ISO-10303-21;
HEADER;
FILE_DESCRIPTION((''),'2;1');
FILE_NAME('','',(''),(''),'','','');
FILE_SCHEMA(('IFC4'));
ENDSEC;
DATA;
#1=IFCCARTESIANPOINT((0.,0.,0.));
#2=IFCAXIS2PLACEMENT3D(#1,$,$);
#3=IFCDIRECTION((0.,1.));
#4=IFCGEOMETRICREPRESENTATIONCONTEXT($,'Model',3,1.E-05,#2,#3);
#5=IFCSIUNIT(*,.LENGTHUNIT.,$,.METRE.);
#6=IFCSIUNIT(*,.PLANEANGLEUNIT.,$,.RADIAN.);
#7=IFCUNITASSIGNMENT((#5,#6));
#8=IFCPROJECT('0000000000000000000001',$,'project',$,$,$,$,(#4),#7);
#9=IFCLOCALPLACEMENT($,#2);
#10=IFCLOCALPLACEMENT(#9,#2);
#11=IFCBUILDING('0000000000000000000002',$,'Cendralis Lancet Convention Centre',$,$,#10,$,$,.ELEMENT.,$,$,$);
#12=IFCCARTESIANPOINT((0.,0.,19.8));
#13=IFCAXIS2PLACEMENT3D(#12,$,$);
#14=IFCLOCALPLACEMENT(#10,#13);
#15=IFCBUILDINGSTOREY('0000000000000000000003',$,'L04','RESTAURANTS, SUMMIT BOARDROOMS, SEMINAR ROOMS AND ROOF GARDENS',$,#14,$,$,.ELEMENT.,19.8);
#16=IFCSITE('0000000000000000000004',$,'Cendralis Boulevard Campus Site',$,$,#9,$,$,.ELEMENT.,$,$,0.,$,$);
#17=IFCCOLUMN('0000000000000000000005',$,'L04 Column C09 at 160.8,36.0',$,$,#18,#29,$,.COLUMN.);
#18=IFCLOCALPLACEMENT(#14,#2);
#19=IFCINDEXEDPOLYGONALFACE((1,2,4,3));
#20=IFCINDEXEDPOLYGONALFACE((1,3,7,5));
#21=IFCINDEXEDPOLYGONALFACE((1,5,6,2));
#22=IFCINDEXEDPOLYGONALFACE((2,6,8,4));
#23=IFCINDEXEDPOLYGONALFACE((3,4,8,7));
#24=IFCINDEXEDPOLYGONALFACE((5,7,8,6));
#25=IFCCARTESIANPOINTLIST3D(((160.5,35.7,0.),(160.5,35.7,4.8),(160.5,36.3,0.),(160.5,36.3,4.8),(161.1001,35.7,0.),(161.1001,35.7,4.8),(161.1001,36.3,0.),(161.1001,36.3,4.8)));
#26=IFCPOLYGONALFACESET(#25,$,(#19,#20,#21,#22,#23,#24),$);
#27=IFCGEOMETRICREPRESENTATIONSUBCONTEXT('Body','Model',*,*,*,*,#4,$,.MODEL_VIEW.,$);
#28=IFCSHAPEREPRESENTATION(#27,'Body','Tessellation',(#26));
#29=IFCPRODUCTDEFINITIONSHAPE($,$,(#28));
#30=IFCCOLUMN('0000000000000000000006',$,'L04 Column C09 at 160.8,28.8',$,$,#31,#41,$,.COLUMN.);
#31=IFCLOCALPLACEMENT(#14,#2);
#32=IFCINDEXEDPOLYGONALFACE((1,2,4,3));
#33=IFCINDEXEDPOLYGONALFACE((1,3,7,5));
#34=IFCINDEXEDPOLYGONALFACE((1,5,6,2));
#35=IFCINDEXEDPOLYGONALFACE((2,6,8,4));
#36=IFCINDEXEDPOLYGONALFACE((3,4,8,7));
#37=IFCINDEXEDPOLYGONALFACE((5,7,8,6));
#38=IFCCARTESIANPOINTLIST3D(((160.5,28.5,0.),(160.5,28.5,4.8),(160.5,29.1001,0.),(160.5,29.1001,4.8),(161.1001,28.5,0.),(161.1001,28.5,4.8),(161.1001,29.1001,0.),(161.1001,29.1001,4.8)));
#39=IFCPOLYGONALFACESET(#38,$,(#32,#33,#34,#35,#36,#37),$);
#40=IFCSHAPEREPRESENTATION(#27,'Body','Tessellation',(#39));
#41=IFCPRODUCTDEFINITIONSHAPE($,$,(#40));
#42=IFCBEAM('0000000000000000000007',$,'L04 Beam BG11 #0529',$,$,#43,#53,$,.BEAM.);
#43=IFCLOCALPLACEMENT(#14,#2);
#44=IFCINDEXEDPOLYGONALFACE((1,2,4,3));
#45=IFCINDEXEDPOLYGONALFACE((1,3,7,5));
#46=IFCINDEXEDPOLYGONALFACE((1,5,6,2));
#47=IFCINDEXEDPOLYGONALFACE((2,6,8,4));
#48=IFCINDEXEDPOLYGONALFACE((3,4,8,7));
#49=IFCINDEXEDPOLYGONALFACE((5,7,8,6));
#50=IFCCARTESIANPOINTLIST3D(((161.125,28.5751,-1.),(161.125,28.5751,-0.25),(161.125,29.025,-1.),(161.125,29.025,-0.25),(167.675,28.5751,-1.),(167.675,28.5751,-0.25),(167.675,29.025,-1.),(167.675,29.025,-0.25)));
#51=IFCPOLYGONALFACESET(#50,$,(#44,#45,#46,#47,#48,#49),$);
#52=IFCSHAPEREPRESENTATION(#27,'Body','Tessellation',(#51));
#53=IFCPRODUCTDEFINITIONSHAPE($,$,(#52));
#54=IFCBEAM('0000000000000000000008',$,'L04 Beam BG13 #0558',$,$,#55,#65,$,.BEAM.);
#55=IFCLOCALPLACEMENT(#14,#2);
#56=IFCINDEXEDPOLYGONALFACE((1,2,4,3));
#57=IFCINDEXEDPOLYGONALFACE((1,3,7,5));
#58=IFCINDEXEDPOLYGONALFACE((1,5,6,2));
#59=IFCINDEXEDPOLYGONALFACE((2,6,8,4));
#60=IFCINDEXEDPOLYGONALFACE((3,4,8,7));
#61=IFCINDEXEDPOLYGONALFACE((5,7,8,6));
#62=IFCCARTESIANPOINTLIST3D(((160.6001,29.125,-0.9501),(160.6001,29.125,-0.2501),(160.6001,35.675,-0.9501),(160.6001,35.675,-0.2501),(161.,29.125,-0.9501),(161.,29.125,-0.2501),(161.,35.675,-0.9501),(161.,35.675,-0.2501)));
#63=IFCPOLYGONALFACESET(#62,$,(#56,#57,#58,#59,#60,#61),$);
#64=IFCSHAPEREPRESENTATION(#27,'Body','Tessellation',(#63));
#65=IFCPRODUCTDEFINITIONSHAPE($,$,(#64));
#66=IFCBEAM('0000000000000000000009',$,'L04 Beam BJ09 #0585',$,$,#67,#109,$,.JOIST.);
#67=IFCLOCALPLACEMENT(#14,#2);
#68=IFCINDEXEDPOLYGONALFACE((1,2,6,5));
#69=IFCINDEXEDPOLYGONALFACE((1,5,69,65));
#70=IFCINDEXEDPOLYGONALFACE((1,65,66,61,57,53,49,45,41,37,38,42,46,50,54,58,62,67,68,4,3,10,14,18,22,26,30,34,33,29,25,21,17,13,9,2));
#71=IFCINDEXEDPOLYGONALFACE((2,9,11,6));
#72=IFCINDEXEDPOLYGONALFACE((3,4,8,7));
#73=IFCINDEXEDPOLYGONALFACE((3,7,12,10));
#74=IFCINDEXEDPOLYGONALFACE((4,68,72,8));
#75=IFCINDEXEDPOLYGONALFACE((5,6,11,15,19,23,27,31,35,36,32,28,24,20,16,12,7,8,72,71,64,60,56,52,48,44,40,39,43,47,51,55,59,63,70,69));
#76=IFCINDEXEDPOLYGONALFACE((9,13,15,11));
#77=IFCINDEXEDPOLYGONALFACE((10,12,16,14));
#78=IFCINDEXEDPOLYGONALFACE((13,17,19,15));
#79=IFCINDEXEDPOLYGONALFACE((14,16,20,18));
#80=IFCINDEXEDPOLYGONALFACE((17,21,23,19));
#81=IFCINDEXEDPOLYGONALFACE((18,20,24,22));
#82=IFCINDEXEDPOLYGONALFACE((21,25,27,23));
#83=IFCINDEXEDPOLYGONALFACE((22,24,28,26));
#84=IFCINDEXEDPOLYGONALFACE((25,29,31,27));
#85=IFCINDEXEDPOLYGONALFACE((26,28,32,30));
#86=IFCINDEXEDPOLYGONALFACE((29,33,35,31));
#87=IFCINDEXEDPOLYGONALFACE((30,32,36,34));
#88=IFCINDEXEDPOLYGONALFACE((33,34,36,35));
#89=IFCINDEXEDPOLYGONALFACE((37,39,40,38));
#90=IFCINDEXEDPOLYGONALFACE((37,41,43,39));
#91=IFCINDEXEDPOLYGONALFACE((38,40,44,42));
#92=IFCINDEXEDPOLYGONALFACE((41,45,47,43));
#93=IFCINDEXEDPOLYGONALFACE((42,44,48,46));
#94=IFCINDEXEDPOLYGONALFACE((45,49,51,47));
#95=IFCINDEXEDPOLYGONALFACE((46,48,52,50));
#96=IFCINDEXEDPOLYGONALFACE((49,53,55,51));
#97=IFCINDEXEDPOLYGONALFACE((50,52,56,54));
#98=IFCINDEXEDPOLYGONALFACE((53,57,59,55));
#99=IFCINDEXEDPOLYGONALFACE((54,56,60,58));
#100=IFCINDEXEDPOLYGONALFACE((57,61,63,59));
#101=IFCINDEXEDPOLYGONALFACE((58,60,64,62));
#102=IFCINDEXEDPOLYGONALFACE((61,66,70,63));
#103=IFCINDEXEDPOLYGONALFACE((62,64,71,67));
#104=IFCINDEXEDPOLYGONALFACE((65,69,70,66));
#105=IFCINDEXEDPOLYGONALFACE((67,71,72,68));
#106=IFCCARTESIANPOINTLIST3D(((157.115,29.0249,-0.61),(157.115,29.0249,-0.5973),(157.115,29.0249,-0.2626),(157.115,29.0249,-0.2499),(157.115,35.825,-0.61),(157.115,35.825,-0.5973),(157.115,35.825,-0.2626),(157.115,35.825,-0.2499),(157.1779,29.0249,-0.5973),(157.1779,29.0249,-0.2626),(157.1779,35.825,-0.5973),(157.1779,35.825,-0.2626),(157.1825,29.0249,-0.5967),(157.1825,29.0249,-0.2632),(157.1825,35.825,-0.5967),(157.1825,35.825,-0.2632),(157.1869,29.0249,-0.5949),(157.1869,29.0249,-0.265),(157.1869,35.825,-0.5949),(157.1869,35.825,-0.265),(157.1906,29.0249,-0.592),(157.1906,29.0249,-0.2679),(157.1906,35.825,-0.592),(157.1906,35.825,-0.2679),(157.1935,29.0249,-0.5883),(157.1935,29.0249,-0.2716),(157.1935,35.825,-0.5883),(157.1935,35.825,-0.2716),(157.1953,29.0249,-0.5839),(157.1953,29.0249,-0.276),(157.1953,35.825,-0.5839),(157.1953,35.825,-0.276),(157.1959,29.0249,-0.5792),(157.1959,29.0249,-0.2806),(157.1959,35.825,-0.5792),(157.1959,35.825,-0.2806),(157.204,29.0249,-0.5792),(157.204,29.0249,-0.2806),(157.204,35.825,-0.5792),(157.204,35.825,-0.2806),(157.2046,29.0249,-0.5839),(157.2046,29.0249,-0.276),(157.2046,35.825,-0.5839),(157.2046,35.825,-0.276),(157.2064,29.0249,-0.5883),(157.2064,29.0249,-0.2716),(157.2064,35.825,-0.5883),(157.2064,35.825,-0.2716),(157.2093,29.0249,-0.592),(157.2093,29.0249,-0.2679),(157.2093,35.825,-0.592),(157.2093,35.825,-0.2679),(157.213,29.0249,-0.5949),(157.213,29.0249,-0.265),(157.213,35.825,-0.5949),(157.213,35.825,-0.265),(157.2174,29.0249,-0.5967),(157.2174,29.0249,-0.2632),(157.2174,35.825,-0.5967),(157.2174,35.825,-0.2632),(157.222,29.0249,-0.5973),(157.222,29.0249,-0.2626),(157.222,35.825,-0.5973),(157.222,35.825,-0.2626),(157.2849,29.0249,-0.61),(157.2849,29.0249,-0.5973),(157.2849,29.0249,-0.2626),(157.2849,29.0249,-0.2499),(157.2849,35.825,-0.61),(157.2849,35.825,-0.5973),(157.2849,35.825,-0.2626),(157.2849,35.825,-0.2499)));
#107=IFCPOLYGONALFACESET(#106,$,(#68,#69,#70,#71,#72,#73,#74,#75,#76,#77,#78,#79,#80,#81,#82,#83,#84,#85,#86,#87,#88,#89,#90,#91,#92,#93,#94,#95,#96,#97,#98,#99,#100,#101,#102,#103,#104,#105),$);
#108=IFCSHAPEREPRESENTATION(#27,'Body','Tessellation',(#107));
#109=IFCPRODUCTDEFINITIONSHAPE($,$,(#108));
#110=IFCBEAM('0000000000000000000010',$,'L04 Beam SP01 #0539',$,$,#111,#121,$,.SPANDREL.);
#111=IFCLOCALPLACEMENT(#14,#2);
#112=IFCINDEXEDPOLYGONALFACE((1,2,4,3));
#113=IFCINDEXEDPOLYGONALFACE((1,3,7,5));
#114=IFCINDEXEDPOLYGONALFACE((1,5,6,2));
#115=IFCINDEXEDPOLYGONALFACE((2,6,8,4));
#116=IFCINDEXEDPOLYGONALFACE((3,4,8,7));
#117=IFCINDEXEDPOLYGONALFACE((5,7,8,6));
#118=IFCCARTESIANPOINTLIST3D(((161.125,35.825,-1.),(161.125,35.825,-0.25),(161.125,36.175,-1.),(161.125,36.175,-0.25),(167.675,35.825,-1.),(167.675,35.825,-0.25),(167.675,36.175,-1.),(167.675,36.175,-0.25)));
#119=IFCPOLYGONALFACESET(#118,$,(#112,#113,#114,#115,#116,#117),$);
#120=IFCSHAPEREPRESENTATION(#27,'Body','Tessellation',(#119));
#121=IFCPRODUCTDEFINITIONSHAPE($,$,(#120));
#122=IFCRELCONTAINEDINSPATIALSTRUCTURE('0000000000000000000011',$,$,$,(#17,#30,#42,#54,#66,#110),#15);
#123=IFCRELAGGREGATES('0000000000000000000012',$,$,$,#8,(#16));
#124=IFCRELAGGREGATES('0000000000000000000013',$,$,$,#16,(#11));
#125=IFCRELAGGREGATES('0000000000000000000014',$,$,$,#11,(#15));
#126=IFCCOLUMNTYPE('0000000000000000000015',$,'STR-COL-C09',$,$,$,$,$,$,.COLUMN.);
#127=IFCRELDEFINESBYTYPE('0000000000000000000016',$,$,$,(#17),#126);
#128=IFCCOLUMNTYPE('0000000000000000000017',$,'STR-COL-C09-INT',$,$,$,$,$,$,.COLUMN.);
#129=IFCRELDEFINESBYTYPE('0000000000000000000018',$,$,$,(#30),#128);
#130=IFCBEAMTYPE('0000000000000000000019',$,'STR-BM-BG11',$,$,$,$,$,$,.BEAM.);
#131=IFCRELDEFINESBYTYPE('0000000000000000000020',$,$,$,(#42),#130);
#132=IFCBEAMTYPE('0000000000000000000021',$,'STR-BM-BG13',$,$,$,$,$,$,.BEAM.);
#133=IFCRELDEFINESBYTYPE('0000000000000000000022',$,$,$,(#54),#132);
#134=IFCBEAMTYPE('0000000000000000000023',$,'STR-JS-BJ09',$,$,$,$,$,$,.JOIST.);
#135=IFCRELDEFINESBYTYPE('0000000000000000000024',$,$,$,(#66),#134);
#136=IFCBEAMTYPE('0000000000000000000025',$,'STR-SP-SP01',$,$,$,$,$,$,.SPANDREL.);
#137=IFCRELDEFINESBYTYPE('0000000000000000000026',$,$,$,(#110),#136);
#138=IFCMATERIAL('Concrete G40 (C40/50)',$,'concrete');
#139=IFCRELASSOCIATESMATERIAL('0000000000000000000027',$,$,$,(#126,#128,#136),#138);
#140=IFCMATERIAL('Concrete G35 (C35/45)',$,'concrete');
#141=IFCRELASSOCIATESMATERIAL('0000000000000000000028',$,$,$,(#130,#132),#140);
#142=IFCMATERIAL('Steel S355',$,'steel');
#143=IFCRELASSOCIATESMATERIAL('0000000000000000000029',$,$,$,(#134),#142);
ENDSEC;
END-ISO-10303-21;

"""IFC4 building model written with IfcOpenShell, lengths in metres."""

from ifc_helpers import new_model, si_unit, direction, frame, origin, origin_2d, place, context, subcontext, project, spatial, rectangle, i_section, extrude, material, material_profile, profile_set, type_object, element, save


model = new_model("IFC4")

# Units and contexts
model_context = context("Model", 3, precision=1e-05, world=origin(), true_north=direction((0.0, 1.0)))
body_context = subcontext(model_context, "Body", "Model", "MODEL_VIEW")
ifc_project = project(units=[si_unit("LENGTHUNIT", "METRE"), si_unit("PLANEANGLEUNIT", "RADIAN")], contexts=[model_context])

# Site, building, storey
site_placement = place(None, origin())
site = spatial("IfcSite", under=ifc_project, at=site_placement, Name="Cendralis Boulevard Campus Site", CompositionType="ELEMENT", RefElevation=0.0)
building_placement = place(site_placement, origin())
building = spatial("IfcBuilding", under=site, at=building_placement, Name="Cendralis Lancet Convention Centre", CompositionType="ELEMENT")
storey_placement = place(building_placement, frame((0.0, 0.0, 19.8)))
storey = spatial("IfcBuildingStorey", under=building, at=storey_placement, Name="L04", Description="RESTAURANTS, SUMMIT BOARDROOMS, SEMINAR ROOMS AND ROOF GARDENS", CompositionType="ELEMENT", Elevation=19.8)

# Columns
ifc_material_1 = material(Name="Concrete G40 (C40/50)", Category="concrete")
ifc_material_profile_1 = material_profile(ifc_material_1, rectangle(XDim=0.6001, YDim=0.6001, at=origin_2d()), Name="RC 600x600")
ifc_profile_set_1 = profile_set([ifc_material_profile_1], Name="Concrete G40 (C40/50)")
column_type_1 = type_object("IfcColumnType", Name="STR-COL-C09", PredefinedType="COLUMN", material=ifc_profile_set_1)
column_1_placement = place(storey_placement, frame((160.8, 36.0, 0.0), z_axis=(0.0, 0.0, 1.0), x_axis=(1.0, 0.0, 0.0)))
element("IfcColumn", 1, at=column_1_placement, inside=storey, type_object=column_type_1, Name="L04 Column C09 at 160.8,36.0", PredefinedType="COLUMN", context=body_context, shape_type="SweptSolid", body=[
    extrude(rectangle(XDim=0.6001, YDim=0.6001, at=origin_2d()), origin(), (0.0, 0.0, 1.0), 4.8),
])
ifc_material_profile_2 = material_profile(ifc_material_1, rectangle(XDim=0.6001, YDim=0.6001, at=origin_2d()), Name="RC 600x600")
ifc_profile_set_2 = profile_set([ifc_material_profile_2], Name="Concrete G40 (C40/50)")
column_type_2 = type_object("IfcColumnType", Name="STR-COL-C09-INT", PredefinedType="COLUMN", material=ifc_profile_set_2)
column_2_placement = place(storey_placement, frame((160.8, 28.8, 0.0), z_axis=(0.0, 0.0, 1.0), x_axis=(1.0, 0.0, 0.0)))
element("IfcColumn", 2, at=column_2_placement, inside=storey, type_object=column_type_2, Name="L04 Column C09 at 160.8,28.8", PredefinedType="COLUMN", context=body_context, shape_type="SweptSolid", body=[
    extrude(rectangle(XDim=0.6001, YDim=0.6001, at=origin_2d()), origin(), (0.0, 0.0, 1.0), 4.8),
])

# Beams
ifc_material_2 = material(Name="Concrete G35 (C35/45)", Category="concrete")
ifc_material_profile_3 = material_profile(ifc_material_2, rectangle(XDim=0.45, YDim=0.75, at=origin_2d()), Name="RCB 450x750")
ifc_profile_set_3 = profile_set([ifc_material_profile_3], Name="Concrete G35 (C35/45)")
beam_type_1 = type_object("IfcBeamType", Name="STR-BM-BG11", PredefinedType="BEAM", material=ifc_profile_set_3)
beam_1_placement = place(storey_placement, frame((161.125, 28.8, -0.625), z_axis=(1.0, 0.0, 0.0), x_axis=(0.0, 1.0, 0.0)))
element("IfcBeam", 3, at=beam_1_placement, inside=storey, type_object=beam_type_1, Name="L04 Beam BG11 #0529", PredefinedType="BEAM", context=body_context, shape_type="SweptSolid", body=[
    extrude(rectangle(XDim=0.45, YDim=0.75, at=origin_2d()), origin(), (0.0, 0.0, 1.0), 6.55),
])
ifc_material_profile_4 = material_profile(ifc_material_2, rectangle(XDim=0.3999, YDim=0.7, at=origin_2d()), Name="RCB 400x700")
ifc_profile_set_4 = profile_set([ifc_material_profile_4], Name="Concrete G35 (C35/45)")
beam_type_2 = type_object("IfcBeamType", Name="STR-BM-BG13", PredefinedType="BEAM", material=ifc_profile_set_4)
beam_2_placement = place(storey_placement, frame((160.8, 29.125, -0.6001), z_axis=(0.0, 1.0, 0.0), x_axis=(-1.0, 0.0, 0.0)))
element("IfcBeam", 4, at=beam_2_placement, inside=storey, type_object=beam_type_2, Name="L04 Beam BG13 #0558", PredefinedType="BEAM", context=body_context, shape_type="SweptSolid", body=[
    extrude(rectangle(XDim=0.3999, YDim=0.7, at=origin_2d()), origin(), (0.0, 0.0, 1.0), 6.55),
])
ifc_material_3 = material(Name="Steel S355", Category="steel")
ifc_material_profile_5 = material_profile(ifc_material_3, i_section(OverallWidth=0.1699, OverallDepth=0.3601, WebThickness=0.0081, FlangeThickness=0.0127, FilletRadius=0.0181, at=origin_2d()), Name="IPE 360")
ifc_profile_set_5 = profile_set([ifc_material_profile_5], Name="Steel S355")
beam_type_3 = type_object("IfcBeamType", Name="STR-JS-BJ09", PredefinedType="JOIST", material=ifc_profile_set_5)
beam_3_placement = place(storey_placement, frame((157.2, 29.0249, -0.4299), z_axis=(0.0, 1.0, 0.0), x_axis=(-1.0, 0.0, 0.0)))
element("IfcBeam", 5, at=beam_3_placement, inside=storey, type_object=beam_type_3, Name="L04 Beam BJ09 #0585", PredefinedType="JOIST", context=body_context, shape_type="SweptSolid", body=[
    extrude(i_section(OverallWidth=0.1699, OverallDepth=0.3601, WebThickness=0.0081, FlangeThickness=0.0127, FilletRadius=0.0181, at=origin_2d()), origin(), (0.0, 0.0, 1.0), 6.8),
])
ifc_material_profile_6 = material_profile(ifc_material_1, rectangle(XDim=0.3501, YDim=0.75, at=origin_2d()), Name="RCB 350x750")
ifc_profile_set_6 = profile_set([ifc_material_profile_6], Name="Concrete G40 (C40/50)")
beam_type_4 = type_object("IfcBeamType", Name="STR-SP-SP01", PredefinedType="SPANDREL", material=ifc_profile_set_6)
beam_4_placement = place(storey_placement, frame((161.125, 36.0, -0.625), z_axis=(1.0, 0.0, 0.0), x_axis=(0.0, 1.0, 0.0)))
element("IfcBeam", 6, at=beam_4_placement, inside=storey, type_object=beam_type_4, Name="L04 Beam SP01 #0539", PredefinedType="SPANDREL", context=body_context, shape_type="SweptSolid", body=[
    extrude(rectangle(XDim=0.3501, YDim=0.75, at=origin_2d()), origin(), (0.0, 0.0, 1.0), 6.55),
])

save(model, "model.ifc")
